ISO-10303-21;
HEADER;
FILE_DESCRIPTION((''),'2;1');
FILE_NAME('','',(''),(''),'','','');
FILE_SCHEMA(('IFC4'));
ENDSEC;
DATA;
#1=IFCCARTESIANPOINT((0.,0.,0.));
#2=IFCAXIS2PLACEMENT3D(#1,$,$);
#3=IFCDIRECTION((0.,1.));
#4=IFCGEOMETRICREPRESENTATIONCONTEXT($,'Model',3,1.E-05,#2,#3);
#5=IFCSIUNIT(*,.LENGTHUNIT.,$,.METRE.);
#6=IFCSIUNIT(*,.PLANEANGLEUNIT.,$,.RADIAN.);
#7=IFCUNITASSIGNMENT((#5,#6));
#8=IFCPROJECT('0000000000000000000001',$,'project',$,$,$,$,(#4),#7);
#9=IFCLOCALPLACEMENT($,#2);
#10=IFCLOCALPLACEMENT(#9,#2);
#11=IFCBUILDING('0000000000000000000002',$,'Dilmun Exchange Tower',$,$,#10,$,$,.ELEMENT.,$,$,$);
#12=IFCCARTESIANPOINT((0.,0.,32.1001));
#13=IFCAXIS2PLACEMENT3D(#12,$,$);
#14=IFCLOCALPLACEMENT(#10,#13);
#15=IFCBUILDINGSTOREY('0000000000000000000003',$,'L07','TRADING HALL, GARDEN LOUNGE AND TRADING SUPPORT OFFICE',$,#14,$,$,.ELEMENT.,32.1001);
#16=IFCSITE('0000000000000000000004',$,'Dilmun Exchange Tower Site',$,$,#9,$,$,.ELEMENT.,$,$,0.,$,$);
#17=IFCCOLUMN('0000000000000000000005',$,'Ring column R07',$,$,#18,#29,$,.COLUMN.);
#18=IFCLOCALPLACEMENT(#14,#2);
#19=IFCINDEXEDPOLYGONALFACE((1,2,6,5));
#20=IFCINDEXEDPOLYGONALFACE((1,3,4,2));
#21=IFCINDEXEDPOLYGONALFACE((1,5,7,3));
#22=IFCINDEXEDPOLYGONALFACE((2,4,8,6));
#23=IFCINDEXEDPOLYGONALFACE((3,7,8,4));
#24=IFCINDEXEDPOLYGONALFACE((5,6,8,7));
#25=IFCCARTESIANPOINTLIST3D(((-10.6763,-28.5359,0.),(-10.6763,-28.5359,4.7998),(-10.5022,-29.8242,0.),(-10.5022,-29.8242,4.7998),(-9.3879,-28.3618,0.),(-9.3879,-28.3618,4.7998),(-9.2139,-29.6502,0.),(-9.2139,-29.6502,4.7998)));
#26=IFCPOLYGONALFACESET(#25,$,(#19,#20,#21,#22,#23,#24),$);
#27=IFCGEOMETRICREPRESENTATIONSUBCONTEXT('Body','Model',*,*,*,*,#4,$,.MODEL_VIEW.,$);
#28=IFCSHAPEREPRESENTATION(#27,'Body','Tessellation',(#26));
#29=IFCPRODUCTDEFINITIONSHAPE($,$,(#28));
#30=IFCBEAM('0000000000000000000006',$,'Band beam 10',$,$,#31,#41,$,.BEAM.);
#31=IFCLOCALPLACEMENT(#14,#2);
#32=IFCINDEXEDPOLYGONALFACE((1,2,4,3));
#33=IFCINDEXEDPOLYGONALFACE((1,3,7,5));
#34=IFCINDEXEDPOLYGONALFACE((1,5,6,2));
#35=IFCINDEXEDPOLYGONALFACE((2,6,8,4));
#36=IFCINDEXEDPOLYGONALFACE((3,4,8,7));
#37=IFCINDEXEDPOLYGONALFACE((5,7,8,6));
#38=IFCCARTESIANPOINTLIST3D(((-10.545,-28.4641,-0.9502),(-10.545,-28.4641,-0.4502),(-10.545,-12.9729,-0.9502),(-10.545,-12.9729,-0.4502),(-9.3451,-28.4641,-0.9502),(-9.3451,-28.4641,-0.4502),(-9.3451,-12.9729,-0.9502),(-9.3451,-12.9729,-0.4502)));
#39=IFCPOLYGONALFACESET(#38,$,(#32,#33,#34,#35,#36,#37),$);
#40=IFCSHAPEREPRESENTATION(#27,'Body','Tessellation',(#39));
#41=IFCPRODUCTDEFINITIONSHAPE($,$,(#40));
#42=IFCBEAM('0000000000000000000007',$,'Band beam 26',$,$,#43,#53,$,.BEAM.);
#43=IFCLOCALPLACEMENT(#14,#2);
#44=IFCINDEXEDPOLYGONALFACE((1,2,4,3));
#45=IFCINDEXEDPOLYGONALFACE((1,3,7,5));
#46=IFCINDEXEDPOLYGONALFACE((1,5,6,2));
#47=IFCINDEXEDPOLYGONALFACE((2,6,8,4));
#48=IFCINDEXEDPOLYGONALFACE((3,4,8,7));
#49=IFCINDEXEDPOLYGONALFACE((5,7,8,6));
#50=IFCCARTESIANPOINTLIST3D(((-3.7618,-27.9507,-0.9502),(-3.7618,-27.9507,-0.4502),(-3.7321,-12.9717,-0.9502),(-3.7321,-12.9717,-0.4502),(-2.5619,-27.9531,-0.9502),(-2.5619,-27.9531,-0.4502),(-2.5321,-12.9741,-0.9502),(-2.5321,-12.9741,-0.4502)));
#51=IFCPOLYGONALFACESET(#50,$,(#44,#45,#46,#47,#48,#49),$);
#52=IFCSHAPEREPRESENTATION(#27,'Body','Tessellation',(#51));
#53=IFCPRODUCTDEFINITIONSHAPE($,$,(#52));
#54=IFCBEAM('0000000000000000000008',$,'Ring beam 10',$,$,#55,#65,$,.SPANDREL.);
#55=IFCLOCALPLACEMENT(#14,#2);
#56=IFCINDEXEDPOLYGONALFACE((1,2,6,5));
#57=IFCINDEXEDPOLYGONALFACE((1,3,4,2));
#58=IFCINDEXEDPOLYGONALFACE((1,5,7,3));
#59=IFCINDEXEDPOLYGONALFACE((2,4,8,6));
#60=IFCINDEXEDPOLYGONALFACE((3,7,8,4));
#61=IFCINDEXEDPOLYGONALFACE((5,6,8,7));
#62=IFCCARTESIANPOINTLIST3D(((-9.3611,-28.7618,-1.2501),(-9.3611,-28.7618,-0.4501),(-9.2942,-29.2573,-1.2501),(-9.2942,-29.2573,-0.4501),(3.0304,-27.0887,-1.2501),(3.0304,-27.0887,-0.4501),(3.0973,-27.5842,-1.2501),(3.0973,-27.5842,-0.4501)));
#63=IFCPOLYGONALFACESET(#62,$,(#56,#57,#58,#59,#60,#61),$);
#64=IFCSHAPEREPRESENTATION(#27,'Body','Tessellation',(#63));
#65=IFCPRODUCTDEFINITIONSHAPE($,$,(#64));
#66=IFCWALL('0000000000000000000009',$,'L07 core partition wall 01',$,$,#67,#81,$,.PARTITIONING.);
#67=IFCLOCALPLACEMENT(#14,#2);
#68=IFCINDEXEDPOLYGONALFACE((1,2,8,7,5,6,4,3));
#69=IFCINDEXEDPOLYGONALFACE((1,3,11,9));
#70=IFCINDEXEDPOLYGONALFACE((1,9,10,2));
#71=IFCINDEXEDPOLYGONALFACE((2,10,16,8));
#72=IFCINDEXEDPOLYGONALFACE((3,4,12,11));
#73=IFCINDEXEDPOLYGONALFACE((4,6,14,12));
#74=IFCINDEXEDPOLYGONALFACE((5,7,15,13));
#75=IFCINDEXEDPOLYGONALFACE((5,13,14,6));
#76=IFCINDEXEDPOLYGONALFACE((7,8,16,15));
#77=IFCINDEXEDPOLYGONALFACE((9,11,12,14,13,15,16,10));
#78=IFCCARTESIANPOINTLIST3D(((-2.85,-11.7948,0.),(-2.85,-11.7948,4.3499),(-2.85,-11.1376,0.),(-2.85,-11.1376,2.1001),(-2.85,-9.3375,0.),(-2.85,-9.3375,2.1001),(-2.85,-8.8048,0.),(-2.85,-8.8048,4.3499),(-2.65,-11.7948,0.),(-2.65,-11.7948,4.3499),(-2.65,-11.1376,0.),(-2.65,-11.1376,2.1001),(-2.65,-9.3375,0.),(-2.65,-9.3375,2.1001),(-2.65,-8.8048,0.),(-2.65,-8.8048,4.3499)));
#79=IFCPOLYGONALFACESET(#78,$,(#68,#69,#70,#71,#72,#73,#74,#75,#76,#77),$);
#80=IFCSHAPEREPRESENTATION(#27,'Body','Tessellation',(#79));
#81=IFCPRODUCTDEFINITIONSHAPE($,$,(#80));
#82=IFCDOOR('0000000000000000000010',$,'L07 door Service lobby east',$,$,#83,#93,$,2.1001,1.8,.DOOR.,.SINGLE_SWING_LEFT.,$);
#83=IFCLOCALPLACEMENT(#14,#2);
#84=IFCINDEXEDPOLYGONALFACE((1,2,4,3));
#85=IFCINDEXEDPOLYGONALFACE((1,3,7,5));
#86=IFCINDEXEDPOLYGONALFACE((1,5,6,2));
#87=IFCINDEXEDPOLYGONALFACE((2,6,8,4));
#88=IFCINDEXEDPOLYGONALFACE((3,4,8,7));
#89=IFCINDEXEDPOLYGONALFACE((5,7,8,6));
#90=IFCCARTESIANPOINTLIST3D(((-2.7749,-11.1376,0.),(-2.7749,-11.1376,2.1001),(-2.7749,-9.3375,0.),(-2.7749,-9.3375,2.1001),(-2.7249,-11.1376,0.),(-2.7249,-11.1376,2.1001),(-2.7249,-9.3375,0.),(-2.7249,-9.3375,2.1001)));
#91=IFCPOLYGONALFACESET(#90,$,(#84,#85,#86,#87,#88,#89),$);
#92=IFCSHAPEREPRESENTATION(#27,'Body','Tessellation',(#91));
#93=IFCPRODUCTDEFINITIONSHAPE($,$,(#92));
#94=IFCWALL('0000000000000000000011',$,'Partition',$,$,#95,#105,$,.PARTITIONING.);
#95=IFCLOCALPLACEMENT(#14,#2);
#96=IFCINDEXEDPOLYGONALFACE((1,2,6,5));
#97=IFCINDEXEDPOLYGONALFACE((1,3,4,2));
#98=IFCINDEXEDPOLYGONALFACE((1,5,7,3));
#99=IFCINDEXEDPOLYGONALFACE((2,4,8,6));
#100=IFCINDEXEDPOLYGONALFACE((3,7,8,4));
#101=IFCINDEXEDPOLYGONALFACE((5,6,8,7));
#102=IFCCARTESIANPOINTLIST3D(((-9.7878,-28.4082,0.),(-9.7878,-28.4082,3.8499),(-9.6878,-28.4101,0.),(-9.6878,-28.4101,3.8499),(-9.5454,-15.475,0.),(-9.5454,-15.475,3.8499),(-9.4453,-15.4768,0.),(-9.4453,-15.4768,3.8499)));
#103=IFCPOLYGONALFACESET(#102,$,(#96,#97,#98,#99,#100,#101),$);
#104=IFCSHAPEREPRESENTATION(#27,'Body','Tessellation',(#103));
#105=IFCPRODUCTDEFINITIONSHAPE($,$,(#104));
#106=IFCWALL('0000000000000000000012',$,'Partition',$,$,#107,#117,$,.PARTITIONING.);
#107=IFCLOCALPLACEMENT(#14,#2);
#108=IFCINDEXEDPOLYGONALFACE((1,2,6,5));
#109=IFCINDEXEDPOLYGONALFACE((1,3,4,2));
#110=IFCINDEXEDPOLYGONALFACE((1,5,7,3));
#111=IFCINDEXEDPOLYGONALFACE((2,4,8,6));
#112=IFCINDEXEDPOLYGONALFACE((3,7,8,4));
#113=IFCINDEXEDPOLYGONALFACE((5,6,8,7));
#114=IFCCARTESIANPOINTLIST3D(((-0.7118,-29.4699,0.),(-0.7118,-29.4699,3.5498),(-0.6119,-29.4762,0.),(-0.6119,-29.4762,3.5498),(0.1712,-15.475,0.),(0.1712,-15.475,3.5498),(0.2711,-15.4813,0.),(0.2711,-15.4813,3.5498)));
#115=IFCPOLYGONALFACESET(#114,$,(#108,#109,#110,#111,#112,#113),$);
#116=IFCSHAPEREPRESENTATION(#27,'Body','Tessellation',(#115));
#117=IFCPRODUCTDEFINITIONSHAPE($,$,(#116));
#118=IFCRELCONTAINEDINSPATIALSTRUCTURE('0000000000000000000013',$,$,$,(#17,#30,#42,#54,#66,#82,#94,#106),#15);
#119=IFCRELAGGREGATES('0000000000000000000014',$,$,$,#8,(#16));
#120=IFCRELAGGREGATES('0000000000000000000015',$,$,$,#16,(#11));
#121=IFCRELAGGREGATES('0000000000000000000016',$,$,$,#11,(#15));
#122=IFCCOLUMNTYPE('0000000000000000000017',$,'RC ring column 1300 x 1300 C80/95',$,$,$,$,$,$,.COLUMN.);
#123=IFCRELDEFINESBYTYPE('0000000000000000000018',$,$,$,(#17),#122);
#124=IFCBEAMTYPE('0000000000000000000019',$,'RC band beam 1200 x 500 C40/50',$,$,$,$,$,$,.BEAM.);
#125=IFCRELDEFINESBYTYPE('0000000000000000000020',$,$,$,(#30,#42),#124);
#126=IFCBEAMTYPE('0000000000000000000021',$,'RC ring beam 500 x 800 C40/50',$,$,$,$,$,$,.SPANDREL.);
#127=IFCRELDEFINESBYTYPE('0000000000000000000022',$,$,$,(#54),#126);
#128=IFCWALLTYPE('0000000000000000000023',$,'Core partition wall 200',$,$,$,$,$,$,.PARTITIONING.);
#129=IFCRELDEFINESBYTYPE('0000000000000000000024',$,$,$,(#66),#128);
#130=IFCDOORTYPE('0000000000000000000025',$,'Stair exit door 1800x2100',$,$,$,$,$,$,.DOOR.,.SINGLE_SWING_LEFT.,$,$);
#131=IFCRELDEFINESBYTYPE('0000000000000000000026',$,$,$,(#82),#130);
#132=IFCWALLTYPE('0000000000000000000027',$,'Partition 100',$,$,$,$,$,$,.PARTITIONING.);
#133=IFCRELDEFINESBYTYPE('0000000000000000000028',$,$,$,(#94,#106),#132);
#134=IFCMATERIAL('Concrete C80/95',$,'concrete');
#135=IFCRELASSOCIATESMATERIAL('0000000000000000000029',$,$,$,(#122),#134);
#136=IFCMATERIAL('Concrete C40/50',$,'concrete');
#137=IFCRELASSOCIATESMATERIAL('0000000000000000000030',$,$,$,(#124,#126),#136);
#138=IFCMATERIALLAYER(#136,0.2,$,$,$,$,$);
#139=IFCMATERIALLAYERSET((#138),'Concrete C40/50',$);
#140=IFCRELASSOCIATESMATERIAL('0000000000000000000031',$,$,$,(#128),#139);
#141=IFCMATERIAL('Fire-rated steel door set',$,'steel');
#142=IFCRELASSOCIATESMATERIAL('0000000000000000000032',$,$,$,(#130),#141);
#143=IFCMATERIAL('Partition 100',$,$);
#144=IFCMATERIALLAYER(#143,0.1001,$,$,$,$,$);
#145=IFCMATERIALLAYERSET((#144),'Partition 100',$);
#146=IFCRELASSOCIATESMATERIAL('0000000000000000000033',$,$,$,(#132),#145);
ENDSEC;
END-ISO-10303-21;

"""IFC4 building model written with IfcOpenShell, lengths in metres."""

from ifc_helpers import new_model, si_unit, direction, frame, frame_2d, origin, origin_2d, place, context, subcontext, project, spatial, rectangle, extrude, material, layer, layer_set, material_profile, profile_set, type_object, element, fill, save


model = new_model("IFC4")

# Units and contexts
model_context = context("Model", 3, precision=1e-05, world=origin(), true_north=direction((0.0, 1.0)))
body_context = subcontext(model_context, "Body", "Model", "MODEL_VIEW")
ifc_project = project(units=[si_unit("LENGTHUNIT", "METRE"), si_unit("PLANEANGLEUNIT", "RADIAN")], contexts=[model_context])

# Site, building, storey
site_placement = place(None, origin())
site = spatial("IfcSite", under=ifc_project, at=site_placement, Name="Dilmun Exchange Tower Site", CompositionType="ELEMENT", RefElevation=0.0)
building_placement = place(site_placement, origin())
building = spatial("IfcBuilding", under=site, at=building_placement, Name="Dilmun Exchange Tower", CompositionType="ELEMENT")
storey_placement = place(building_placement, frame((0.0, 0.0, 32.1001)))
storey = spatial("IfcBuildingStorey", under=building, at=storey_placement, Name="L07", Description="TRADING HALL, GARDEN LOUNGE AND TRADING SUPPORT OFFICE", CompositionType="ELEMENT", Elevation=32.1001)

# Column
ifc_material_1 = material(Name="Concrete C80/95", Category="concrete")
ifc_material_profile_1 = material_profile(ifc_material_1, rectangle(XDim=1.3, YDim=1.3, at=origin_2d()), Name="1300 x 1300")
ifc_profile_set_1 = profile_set([ifc_material_profile_1], Name="Concrete C80/95")
column_type = type_object("IfcColumnType", Name="RC ring column 1300 x 1300 C80/95", PredefinedType="COLUMN", material=ifc_profile_set_1)
column_placement = place(storey_placement, frame((-9.9451, -29.093, 0.0), z_axis=(0.0, 0.0, 1.0), x_axis=(0.991001, 0.133853, 0.0)))
element("IfcColumn", 1, at=column_placement, inside=storey, type_object=column_type, Name="Ring column R07", PredefinedType="COLUMN", context=body_context, shape_type="SweptSolid", body=[
    extrude(rectangle(XDim=1.3, YDim=1.3, at=origin_2d()), origin(), (0.0, 0.0, 1.0), 4.7998),
])

# Beams
ifc_material_2 = material(Name="Concrete C40/50", Category="concrete")
ifc_material_profile_2 = material_profile(ifc_material_2, rectangle(XDim=1.2, YDim=0.5, at=origin_2d()), Name="1200 x 500")
ifc_profile_set_2 = profile_set([ifc_material_profile_2], Name="Concrete C40/50")
beam_type_1 = type_object("IfcBeamType", Name="RC band beam 1200 x 500 C40/50", PredefinedType="BEAM", material=ifc_profile_set_2)
beam_1_placement = place(storey_placement, frame((-9.9451, -28.4641, -0.7002), z_axis=(0.0, 1.0, 0.0), x_axis=(-1.0, 0.0, 0.0)))
element("IfcBeam", 2, at=beam_1_placement, inside=storey, type_object=beam_type_1, Name="Band beam 10", PredefinedType="BEAM", context=body_context, shape_type="SweptSolid", body=[
    extrude(rectangle(XDim=1.2, YDim=0.5, at=origin_2d()), origin(), (0.0, 0.0, 1.0), 15.4912),
])
beam_2_placement = place(storey_placement, frame((-3.1619, -27.9519, -0.7002), z_axis=(0.001988, 0.999998, 0.0), x_axis=(-0.999998, 0.001988, 0.0)))
element("IfcBeam", 3, at=beam_2_placement, inside=storey, type_object=beam_type_1, Name="Band beam 26", PredefinedType="BEAM", context=body_context, shape_type="SweptSolid", body=[
    extrude(rectangle(XDim=1.2, YDim=0.5, at=origin_2d()), origin(), (0.0, 0.0, 1.0), 14.979),
])
ifc_material_profile_3 = material_profile(ifc_material_2, rectangle(XDim=0.5, YDim=0.8, at=origin_2d()), Name="500 x 800")
ifc_profile_set_3 = profile_set([ifc_material_profile_3], Name="Concrete C40/50")
beam_type_2 = type_object("IfcBeamType", Name="RC ring beam 500 x 800 C40/50", PredefinedType="SPANDREL", material=ifc_profile_set_3)
beam_3_placement = place(storey_placement, frame((-9.3276, -29.0095, -0.8501), z_axis=(0.991007, 0.133807, 0.0), x_axis=(-0.133807, 0.991007, 0.0)))
element("IfcBeam", 4, at=beam_3_placement, inside=storey, type_object=beam_type_2, Name="Ring beam 10", PredefinedType="SPANDREL", context=body_context, shape_type="SweptSolid", body=[
    extrude(rectangle(XDim=0.5, YDim=0.8, at=origin_2d()), origin(), (0.0, 0.0, 1.0), 12.5039),
])

# Wall, opening, door
ifc_layer_1 = layer(ifc_material_2, 0.2)
ifc_layer_set_1 = layer_set([ifc_layer_1], Name="Concrete C40/50")
wall_type_1 = type_object("IfcWallType", Name="Core partition wall 200", PredefinedType="PARTITIONING", material=ifc_layer_set_1)
wall_1_placement = place(storey_placement, frame((-2.75, -11.7949, 0.0), z_axis=(0.0, 0.0, 1.0), x_axis=(0.0, 1.0, 0.0)))
wall_1 = element("IfcWall", 5, at=wall_1_placement, inside=storey, type_object=wall_type_1, Name="L07 core partition wall 01", PredefinedType="PARTITIONING", context=body_context, shape_type="SweptSolid", body=[
    extrude(rectangle(XDim=2.99, YDim=0.2, at=frame_2d((1.4951, 0.0))), origin(), (0.0, 0.0, 1.0), 4.3499),
])
opening_placement = place(wall_1_placement, frame((0.6575, 0.0, 0.0)))
opening = element("IfcOpeningElement", 6, at=opening_placement, cuts=wall_1, PredefinedType="OPENING", context=body_context, shape_type="SweptSolid", body=[
    extrude(rectangle(XDim=1.8, YDim=2.1001, at=frame_2d((0.8999, 1.05))), frame((0.0, 0.1099, 0.0), z_axis=(0.0, -1.0, 0.0), x_axis=(1.0, 0.0, 0.0)), (0.0, 0.0, 1.0), 0.22),
])
ifc_material_3 = material(Name="Fire-rated steel door set", Category="steel")
door_type = type_object("IfcDoorType", Name="Stair exit door 1800x2100", OperationType="SINGLE_SWING_LEFT", PredefinedType="DOOR", material=ifc_material_3)
door_placement = place(opening_placement, origin())
door = element("IfcDoor", 7, at=door_placement, inside=storey, type_object=door_type, Name="L07 door Service lobby east", OperationType="SINGLE_SWING_LEFT", OverallHeight=2.1001, OverallWidth=1.8, PredefinedType="DOOR", context=body_context, shape_type="SweptSolid", body=[
    extrude(rectangle(XDim=1.8, YDim=2.1001, at=frame_2d((0.8999, 1.05))), frame((0.0, 0.0249, 0.0), z_axis=(0.0, -1.0, 0.0), x_axis=(1.0, 0.0, 0.0)), (0.0, 0.0, 1.0), 0.05),
])
fill(opening, door)

# Walls
ifc_material_4 = material(Name="Partition 100")
ifc_layer_2 = layer(ifc_material_4, 0.1001)
ifc_layer_set_2 = layer_set([ifc_layer_2], Name="Partition 100")
wall_type_2 = type_object("IfcWallType", Name="Partition 100", PredefinedType="PARTITIONING", material=ifc_layer_set_2)
wall_2_placement = place(storey_placement, frame((-9.7378, -28.4092, 0.0), z_axis=(0.0, 0.0, 1.0), x_axis=(0.018741, 0.999824, 0.0)))
element("IfcWall", 8, at=wall_2_placement, inside=storey, type_object=wall_type_2, Name="Partition", PredefinedType="PARTITIONING", context=body_context, shape_type="SweptSolid", body=[
    extrude(rectangle(XDim=12.9355, YDim=0.1001, at=frame_2d((6.4678, 0.0))), origin(), (0.0, 0.0, 1.0), 3.8499),
])
wall_3_placement = place(storey_placement, frame((-0.6619, -29.4729, 0.0), z_axis=(0.0, 0.0, 1.0), x_axis=(0.062973, 0.998015, 0.0)))
element("IfcWall", 9, at=wall_3_placement, inside=storey, type_object=wall_type_2, Name="Partition", PredefinedType="PARTITIONING", context=body_context, shape_type="SweptSolid", body=[
    extrude(rectangle(XDim=14.0227, YDim=0.1001, at=frame_2d((7.0112, 0.0))), origin(), (0.0, 0.0, 1.0), 3.5498),
])

save(model, "model.ifc")
